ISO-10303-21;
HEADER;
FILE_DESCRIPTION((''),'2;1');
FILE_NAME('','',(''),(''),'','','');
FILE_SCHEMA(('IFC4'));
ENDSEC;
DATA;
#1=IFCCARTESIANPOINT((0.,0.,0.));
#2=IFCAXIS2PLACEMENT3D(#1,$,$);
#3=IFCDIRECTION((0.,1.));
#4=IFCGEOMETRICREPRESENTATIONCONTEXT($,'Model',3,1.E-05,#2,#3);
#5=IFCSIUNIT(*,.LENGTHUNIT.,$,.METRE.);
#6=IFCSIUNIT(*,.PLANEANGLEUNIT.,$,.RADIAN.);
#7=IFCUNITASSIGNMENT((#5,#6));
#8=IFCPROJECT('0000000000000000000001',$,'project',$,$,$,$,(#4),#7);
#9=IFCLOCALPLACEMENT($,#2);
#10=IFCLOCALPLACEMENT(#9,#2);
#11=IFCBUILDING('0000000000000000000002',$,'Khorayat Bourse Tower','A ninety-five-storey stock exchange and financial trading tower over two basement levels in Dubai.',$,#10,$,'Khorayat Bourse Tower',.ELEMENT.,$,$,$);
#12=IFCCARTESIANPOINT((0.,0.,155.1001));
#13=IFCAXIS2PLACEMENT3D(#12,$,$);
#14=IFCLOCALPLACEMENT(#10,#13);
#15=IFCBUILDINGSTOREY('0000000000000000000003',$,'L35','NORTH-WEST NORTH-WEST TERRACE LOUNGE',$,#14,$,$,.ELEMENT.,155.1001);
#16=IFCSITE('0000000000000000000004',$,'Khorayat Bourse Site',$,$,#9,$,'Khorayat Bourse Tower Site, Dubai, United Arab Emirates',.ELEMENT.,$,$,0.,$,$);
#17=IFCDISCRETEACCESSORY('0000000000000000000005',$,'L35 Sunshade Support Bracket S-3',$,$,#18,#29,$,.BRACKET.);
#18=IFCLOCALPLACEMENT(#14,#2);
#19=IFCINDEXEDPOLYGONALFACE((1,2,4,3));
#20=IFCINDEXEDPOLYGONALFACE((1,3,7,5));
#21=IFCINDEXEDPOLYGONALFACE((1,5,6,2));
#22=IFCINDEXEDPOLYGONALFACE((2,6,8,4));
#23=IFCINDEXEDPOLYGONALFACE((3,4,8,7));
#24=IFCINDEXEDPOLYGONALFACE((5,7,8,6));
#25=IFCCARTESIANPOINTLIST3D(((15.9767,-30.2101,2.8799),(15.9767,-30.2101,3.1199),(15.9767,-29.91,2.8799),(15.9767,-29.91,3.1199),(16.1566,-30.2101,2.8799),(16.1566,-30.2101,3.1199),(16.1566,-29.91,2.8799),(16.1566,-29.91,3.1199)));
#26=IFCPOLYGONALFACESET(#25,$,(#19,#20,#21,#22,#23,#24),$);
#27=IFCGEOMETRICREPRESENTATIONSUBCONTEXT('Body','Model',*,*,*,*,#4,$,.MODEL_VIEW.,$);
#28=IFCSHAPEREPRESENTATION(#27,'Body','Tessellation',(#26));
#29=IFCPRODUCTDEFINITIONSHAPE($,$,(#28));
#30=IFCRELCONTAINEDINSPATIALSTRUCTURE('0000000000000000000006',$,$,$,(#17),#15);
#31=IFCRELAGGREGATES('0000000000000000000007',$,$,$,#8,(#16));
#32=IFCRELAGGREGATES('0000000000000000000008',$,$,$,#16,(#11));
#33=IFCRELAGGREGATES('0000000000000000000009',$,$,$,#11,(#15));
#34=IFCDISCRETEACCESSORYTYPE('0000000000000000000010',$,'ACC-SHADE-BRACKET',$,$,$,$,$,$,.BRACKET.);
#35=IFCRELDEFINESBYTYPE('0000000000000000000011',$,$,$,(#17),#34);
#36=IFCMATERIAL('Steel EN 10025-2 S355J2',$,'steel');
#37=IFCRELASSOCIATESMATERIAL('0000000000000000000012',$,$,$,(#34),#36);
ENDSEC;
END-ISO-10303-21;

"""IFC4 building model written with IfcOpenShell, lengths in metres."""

from ifc_helpers import new_model, si_unit, direction, frame, origin, origin_2d, place, context, subcontext, project, spatial, rectangle, extrude, source, transform, mapped, material, type_object, element, save


model = new_model("IFC4")

# Units and contexts
model_context = context("Model", 3, precision=1e-05, world=origin(), true_north=direction((0.0, 1.0)))
body_context = subcontext(model_context, "Body", "Model", "MODEL_VIEW")
ifc_project = project(units=[si_unit("LENGTHUNIT", "METRE"), si_unit("PLANEANGLEUNIT", "RADIAN")], contexts=[model_context])

# Site, building, storey
site_placement = place(None, origin())
site = spatial("IfcSite", under=ifc_project, at=site_placement, Name="Khorayat Bourse Site", LongName="Khorayat Bourse Tower Site, Dubai, United Arab Emirates", CompositionType="ELEMENT", RefElevation=0.0)
building_placement = place(site_placement, origin())
building = spatial("IfcBuilding", under=site, at=building_placement, Name="Khorayat Bourse Tower", Description="A ninety-five-storey stock exchange and financial trading tower over two basement levels in Dubai.", LongName="Khorayat Bourse Tower", CompositionType="ELEMENT")
storey_placement = place(building_placement, frame((0.0, 0.0, 155.1001)))
storey = spatial("IfcBuildingStorey", under=building, at=storey_placement, Name="L35", Description="NORTH-WEST NORTH-WEST TERRACE LOUNGE", CompositionType="ELEMENT", Elevation=155.1001)

# Discrete accessory
ifc_material_1 = material(Name="Steel EN 10025-2 S355J2", Category="steel")
discrete_accessory_type = type_object("IfcDiscreteAccessoryType", Name="ACC-SHADE-BRACKET", PredefinedType="BRACKET", material=ifc_material_1)
shared_shape_1 = source(origin(), body_context, "Body", "SweptSolid", [
    extrude(rectangle(XDim=0.1799, YDim=0.3, at=origin_2d()), origin(), (0.0, 0.0, 1.0), 0.24),
])
discrete_accessory_placement = place(storey_placement, frame((16.0667, -30.0601, 2.8799), z_axis=(0.0, 0.0, 1.0), x_axis=(1.0, 0.0, 0.0)))
element("IfcDiscreteAccessory", 1, at=discrete_accessory_placement, inside=storey, type_object=discrete_accessory_type, Name="L35 Sunshade Support Bracket S-3", PredefinedType="BRACKET", context=body_context, shape_type="MappedRepresentation", body=[
    mapped(shared_shape_1, transform((0.0, 0.0, 0.0), scale=1.0)),
])

save(model, "model.ifc")
